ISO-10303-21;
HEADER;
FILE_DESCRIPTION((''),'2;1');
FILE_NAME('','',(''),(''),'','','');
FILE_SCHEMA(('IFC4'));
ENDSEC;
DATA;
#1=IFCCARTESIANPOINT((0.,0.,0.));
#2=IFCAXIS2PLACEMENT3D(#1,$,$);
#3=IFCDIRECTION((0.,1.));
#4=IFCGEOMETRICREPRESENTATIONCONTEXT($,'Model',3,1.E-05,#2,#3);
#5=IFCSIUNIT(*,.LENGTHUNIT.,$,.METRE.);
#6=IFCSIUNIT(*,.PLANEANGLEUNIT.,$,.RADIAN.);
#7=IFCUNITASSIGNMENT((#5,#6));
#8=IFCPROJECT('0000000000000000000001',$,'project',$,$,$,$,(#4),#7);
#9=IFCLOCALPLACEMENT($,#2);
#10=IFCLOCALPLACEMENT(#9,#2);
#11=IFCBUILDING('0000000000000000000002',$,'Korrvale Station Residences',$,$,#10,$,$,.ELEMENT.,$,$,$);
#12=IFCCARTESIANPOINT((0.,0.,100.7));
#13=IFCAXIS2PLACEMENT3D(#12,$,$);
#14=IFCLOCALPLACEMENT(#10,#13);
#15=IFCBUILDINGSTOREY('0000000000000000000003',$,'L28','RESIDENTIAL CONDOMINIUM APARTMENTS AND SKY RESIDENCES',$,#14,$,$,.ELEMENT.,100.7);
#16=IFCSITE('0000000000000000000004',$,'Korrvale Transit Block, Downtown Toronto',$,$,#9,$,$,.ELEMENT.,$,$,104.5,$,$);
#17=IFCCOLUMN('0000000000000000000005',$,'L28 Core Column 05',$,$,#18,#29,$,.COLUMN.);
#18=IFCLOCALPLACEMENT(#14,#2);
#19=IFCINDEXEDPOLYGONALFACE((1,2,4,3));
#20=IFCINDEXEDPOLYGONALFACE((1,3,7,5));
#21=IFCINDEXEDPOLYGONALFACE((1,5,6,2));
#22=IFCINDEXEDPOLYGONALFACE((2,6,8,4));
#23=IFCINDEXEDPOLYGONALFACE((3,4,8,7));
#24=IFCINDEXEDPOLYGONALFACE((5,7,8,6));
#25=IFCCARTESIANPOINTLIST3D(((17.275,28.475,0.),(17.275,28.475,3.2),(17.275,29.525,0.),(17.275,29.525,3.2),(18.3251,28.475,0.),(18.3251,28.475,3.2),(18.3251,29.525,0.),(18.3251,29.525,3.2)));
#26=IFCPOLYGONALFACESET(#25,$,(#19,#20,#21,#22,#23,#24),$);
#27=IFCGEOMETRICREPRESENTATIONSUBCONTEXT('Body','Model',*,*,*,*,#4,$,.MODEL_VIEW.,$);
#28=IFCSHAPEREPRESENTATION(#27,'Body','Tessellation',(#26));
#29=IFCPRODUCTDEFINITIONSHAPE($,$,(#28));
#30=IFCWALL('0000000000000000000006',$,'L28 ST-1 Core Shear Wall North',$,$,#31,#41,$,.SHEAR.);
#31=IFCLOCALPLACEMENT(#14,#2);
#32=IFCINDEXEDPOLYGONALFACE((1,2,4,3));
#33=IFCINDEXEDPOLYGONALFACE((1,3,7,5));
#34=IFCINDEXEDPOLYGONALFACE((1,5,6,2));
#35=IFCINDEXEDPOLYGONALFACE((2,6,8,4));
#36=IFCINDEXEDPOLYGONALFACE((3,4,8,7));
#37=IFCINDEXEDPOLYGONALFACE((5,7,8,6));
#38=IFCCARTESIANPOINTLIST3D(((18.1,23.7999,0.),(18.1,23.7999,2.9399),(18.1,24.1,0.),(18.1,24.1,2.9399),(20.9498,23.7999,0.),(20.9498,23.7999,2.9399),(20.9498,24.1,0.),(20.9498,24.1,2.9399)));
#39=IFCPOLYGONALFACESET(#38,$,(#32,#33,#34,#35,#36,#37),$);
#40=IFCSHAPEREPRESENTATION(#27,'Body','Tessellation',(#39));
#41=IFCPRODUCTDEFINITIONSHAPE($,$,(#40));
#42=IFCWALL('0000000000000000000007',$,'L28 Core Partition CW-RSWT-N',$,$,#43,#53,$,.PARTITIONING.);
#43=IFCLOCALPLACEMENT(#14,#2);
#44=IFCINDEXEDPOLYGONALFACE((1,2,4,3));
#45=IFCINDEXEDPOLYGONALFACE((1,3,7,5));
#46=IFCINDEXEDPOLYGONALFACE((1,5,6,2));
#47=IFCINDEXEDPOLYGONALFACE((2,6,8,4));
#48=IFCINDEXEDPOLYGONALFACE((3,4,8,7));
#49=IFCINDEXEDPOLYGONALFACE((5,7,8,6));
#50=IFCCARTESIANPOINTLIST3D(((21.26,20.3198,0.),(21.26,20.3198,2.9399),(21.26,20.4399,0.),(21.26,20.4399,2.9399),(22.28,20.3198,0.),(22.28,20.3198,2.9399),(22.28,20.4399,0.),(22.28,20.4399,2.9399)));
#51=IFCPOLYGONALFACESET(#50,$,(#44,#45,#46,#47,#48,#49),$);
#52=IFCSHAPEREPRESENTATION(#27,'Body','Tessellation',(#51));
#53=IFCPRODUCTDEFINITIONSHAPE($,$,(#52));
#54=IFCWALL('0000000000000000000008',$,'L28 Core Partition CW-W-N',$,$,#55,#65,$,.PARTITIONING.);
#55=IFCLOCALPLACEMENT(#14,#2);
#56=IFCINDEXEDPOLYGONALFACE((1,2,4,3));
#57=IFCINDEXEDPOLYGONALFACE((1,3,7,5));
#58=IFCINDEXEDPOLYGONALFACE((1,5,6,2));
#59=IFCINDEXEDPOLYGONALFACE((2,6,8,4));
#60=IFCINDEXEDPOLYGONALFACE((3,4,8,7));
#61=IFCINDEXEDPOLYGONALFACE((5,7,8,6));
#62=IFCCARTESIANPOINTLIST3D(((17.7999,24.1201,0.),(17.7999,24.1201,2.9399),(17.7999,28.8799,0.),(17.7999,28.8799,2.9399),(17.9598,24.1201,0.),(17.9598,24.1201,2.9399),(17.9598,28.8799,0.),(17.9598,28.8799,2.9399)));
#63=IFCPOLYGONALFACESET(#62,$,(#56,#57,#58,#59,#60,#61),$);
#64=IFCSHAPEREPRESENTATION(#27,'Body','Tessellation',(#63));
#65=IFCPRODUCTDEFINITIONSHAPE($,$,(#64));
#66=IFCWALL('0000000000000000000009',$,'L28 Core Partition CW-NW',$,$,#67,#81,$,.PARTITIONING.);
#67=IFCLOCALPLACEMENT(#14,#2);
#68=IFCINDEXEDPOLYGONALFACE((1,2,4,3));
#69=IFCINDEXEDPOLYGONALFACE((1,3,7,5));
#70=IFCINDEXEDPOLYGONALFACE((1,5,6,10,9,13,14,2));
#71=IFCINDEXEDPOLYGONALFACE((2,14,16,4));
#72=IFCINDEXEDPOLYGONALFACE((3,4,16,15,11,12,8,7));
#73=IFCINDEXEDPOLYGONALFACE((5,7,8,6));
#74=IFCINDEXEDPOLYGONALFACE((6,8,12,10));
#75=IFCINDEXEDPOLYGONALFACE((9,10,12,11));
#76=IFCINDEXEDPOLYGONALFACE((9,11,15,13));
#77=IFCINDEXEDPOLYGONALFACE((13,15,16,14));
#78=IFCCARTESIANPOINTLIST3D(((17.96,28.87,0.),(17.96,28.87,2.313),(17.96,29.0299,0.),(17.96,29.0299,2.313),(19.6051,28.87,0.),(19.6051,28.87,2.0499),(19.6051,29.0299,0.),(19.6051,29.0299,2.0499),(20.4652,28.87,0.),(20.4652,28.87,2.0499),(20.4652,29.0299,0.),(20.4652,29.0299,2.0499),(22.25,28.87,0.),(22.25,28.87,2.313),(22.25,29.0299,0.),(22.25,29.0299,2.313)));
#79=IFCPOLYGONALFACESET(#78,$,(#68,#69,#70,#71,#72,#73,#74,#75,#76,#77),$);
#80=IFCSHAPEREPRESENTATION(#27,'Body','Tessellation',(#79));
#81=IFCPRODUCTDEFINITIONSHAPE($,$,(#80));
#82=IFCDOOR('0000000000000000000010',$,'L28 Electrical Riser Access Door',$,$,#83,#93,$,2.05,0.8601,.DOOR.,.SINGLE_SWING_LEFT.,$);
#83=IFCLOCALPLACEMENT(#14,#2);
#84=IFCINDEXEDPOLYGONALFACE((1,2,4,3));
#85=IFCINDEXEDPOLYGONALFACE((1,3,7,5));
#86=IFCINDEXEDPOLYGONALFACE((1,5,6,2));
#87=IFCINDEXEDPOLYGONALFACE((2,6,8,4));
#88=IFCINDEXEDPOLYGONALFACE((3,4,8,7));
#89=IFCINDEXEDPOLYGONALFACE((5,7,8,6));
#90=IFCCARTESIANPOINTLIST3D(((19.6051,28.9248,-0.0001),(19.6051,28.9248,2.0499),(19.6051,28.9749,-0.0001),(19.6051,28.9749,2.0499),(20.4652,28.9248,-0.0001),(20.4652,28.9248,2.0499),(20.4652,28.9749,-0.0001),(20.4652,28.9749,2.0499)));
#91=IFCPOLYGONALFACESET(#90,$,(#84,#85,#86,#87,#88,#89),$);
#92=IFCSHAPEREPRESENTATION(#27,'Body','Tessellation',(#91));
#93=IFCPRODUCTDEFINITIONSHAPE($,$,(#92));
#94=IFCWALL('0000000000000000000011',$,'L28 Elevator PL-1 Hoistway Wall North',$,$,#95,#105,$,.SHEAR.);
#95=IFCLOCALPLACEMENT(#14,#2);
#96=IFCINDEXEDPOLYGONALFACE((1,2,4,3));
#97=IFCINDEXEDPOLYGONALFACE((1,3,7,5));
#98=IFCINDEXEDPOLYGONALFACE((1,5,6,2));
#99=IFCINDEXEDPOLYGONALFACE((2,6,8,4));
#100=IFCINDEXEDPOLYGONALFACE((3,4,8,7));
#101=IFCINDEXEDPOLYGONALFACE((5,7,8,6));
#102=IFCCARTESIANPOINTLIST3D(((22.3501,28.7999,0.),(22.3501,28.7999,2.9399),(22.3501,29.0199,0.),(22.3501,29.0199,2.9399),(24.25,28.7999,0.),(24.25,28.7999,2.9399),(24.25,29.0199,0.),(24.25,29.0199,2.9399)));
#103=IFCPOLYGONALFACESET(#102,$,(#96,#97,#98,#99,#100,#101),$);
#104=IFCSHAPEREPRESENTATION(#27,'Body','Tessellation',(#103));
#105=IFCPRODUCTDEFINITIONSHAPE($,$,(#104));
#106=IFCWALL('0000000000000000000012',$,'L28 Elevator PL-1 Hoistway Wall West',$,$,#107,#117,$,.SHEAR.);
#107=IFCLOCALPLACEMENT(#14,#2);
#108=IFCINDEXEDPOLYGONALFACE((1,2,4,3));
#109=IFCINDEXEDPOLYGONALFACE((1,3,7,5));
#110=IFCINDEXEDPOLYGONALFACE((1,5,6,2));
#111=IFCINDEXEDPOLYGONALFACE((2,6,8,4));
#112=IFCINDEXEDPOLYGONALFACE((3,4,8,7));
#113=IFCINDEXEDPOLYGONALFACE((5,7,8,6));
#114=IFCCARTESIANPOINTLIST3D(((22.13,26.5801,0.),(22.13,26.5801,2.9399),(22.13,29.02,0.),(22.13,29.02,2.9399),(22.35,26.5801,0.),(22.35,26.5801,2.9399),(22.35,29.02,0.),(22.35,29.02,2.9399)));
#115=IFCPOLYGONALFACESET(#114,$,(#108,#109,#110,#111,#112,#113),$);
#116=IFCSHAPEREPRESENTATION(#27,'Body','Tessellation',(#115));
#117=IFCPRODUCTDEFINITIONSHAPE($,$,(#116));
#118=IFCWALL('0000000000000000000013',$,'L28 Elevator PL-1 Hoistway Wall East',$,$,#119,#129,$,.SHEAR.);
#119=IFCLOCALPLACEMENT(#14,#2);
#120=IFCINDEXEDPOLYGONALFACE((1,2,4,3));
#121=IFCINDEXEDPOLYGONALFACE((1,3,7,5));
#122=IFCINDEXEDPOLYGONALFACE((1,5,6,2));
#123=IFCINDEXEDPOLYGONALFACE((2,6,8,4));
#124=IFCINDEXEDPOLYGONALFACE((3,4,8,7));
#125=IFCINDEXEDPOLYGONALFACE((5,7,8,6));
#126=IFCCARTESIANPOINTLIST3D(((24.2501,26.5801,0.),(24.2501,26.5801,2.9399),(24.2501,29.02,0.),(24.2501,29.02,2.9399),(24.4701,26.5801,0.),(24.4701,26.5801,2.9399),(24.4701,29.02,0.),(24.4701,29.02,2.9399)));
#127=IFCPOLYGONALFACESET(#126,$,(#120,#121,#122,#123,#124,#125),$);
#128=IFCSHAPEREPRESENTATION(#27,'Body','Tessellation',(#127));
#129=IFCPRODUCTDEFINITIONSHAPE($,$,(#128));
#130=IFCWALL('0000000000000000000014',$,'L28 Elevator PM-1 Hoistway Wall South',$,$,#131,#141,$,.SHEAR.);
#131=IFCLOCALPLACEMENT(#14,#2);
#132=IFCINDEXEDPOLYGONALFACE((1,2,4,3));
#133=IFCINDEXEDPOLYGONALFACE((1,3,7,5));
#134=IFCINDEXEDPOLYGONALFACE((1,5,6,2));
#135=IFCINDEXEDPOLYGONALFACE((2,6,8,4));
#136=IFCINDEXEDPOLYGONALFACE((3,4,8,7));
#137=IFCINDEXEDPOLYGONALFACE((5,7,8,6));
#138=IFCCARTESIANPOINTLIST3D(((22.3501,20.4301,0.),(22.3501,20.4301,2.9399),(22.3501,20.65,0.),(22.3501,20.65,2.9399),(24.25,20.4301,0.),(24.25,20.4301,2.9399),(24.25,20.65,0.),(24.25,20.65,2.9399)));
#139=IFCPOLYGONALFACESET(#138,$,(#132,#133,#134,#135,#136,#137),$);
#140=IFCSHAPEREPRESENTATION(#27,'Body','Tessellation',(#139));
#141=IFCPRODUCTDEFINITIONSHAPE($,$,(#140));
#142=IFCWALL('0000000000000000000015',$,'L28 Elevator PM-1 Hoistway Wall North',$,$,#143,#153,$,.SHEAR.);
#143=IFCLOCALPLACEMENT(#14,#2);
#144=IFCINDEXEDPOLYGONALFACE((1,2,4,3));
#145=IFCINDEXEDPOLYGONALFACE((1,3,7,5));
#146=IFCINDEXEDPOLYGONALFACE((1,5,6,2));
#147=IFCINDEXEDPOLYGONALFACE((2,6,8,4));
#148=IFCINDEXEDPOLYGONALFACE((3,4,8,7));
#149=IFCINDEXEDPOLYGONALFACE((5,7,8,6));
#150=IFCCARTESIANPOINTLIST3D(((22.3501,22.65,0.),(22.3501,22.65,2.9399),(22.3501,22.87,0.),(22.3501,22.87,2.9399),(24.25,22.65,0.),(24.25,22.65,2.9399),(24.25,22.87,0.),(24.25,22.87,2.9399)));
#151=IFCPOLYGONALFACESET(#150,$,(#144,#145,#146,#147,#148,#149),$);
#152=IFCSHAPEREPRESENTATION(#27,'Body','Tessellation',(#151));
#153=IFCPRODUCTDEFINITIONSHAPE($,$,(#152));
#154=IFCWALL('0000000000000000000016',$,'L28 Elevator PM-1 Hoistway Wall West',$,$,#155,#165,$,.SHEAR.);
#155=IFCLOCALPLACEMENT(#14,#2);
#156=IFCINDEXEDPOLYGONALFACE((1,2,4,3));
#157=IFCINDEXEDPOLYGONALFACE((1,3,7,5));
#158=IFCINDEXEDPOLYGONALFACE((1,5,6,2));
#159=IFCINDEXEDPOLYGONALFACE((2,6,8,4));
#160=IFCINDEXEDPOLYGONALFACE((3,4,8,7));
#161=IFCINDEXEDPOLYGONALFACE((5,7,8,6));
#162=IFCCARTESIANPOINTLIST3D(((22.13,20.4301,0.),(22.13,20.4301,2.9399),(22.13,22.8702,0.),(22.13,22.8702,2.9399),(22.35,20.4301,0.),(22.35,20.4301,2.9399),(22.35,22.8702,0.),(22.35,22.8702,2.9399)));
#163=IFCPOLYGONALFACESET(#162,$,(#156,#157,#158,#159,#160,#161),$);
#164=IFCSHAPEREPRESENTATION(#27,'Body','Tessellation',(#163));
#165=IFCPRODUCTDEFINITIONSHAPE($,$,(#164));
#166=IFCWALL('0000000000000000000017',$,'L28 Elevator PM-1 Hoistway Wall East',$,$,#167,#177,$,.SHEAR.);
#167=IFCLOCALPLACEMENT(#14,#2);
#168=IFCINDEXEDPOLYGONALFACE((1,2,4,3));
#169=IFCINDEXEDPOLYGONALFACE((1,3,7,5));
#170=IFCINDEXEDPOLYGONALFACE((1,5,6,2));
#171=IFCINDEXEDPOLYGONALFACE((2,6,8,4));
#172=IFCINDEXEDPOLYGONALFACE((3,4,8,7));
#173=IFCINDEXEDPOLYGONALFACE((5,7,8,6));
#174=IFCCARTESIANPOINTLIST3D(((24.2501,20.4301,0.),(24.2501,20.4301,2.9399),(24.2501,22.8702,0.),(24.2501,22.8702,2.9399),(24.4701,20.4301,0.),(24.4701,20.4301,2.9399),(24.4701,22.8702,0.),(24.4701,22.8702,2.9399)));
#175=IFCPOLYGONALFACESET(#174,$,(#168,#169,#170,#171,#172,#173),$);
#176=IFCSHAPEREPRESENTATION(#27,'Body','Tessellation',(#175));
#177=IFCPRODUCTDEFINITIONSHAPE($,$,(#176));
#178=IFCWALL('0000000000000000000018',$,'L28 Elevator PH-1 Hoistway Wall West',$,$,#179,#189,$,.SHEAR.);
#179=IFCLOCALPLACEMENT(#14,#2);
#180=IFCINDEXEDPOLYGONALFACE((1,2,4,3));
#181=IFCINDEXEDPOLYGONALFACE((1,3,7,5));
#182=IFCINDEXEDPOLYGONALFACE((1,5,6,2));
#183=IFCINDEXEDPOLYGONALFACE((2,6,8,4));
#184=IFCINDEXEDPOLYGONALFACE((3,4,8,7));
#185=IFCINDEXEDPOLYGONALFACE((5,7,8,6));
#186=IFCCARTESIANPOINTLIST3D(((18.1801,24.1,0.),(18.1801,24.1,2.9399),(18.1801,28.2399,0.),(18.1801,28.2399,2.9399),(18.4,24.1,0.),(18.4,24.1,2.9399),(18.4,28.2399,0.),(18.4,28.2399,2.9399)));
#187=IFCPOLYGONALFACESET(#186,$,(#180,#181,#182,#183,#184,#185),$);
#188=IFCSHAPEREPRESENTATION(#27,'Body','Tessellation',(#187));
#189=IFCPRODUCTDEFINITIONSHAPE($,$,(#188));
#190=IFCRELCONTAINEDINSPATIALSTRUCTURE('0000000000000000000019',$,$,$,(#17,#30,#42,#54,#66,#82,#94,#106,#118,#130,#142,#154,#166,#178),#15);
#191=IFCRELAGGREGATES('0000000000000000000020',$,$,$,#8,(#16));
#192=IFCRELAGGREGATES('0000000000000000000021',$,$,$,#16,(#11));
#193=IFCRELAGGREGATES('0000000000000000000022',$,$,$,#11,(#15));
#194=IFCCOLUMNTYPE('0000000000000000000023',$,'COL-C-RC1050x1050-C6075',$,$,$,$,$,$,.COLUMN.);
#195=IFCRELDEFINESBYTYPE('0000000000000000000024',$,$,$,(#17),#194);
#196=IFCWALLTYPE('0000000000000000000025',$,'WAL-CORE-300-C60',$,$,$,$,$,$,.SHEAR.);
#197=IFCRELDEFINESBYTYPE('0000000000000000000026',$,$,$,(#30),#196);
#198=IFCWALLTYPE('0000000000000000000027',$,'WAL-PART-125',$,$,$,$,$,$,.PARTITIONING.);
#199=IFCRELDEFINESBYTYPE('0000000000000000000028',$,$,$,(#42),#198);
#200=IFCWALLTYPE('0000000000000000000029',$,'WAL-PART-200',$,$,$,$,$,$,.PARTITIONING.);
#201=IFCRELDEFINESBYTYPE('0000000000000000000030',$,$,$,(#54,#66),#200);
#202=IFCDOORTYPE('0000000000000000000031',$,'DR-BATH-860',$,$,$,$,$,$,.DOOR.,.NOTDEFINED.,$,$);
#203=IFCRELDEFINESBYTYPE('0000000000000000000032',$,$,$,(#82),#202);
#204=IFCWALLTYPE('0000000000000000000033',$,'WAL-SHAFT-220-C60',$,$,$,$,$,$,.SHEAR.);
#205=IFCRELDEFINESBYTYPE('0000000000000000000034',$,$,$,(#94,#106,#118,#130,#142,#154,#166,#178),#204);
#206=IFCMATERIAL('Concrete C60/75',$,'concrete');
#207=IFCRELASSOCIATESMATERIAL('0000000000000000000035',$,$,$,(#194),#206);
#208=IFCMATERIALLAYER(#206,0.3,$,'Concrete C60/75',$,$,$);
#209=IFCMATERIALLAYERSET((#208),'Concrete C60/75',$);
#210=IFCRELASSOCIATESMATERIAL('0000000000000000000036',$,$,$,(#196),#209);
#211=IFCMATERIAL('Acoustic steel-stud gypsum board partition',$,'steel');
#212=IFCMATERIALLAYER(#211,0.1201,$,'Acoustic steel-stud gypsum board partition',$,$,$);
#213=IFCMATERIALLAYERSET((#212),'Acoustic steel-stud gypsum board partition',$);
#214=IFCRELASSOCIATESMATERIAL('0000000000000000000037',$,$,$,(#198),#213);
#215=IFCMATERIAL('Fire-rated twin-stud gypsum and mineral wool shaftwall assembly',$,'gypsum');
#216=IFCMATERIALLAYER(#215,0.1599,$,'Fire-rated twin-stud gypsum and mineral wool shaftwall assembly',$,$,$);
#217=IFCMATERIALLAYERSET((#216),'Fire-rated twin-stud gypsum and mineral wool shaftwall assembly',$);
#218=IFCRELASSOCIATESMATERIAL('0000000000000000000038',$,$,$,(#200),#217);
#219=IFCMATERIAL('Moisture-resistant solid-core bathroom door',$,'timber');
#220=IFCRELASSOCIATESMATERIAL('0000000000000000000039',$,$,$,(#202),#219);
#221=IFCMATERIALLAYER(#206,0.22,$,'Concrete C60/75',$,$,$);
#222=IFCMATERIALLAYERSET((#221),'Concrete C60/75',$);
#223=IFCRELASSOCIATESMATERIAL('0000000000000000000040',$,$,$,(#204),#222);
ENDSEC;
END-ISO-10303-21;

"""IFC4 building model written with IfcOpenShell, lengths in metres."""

from ifc_helpers import new_model, si_unit, direction, frame, frame_2d, origin, origin_2d, place, context, subcontext, project, spatial, rectangle, extrude, material, layer, layer_set, material_profile, profile_set, type_object, element, fill, save


model = new_model("IFC4")

# Units and contexts
model_context = context("Model", 3, precision=1e-05, world=origin(), true_north=direction((0.0, 1.0)))
body_context = subcontext(model_context, "Body", "Model", "MODEL_VIEW")
ifc_project = project(units=[si_unit("LENGTHUNIT", "METRE"), si_unit("PLANEANGLEUNIT", "RADIAN")], contexts=[model_context])

# Site, building, storey
site_placement = place(None, origin())
site = spatial("IfcSite", under=ifc_project, at=site_placement, Name="Korrvale Transit Block, Downtown Toronto", CompositionType="ELEMENT", RefElevation=104.5)
building_placement = place(site_placement, origin())
building = spatial("IfcBuilding", under=site, at=building_placement, Name="Korrvale Station Residences", CompositionType="ELEMENT")
storey_placement = place(building_placement, frame((0.0, 0.0, 100.7)))
storey = spatial("IfcBuildingStorey", under=building, at=storey_placement, Name="L28", Description="RESIDENTIAL CONDOMINIUM APARTMENTS AND SKY RESIDENCES", CompositionType="ELEMENT", Elevation=100.7)

# Column
ifc_material_1 = material(Name="Concrete C60/75", Category="concrete")
ifc_material_profile = material_profile(ifc_material_1, rectangle(XDim=1.05, YDim=1.05, at=origin_2d()), Name="RC1050x1050")
ifc_profile_set = profile_set([ifc_material_profile], Name="Concrete C60/75")
column_type = type_object("IfcColumnType", Name="COL-C-RC1050x1050-C6075", PredefinedType="COLUMN", material=ifc_profile_set)
column_placement = place(storey_placement, frame((17.8, 29.0, 0.0), z_axis=(0.0, 0.0, 1.0), x_axis=(1.0, 0.0, 0.0)))
element("IfcColumn", 1, at=column_placement, inside=storey, type_object=column_type, Name="L28 Core Column 05", PredefinedType="COLUMN", context=body_context, shape_type="SweptSolid", body=[
    extrude(rectangle(XDim=1.05, YDim=1.05, at=origin_2d()), origin(), (0.0, 0.0, 1.0), 3.2),
])

# Walls
ifc_layer_1 = layer(ifc_material_1, 0.3, Name="Concrete C60/75")
ifc_layer_set_1 = layer_set([ifc_layer_1], Name="Concrete C60/75")
wall_type_1 = type_object("IfcWallType", Name="WAL-CORE-300-C60", PredefinedType="SHEAR", material=ifc_layer_set_1)
wall_1_placement = place(storey_placement, frame((18.1001, 23.95, 0.0), z_axis=(0.0, 0.0, 1.0), x_axis=(1.0, 0.0, 0.0)))
element("IfcWall", 2, at=wall_1_placement, inside=storey, type_object=wall_type_1, Name="L28 ST-1 Core Shear Wall North", PredefinedType="SHEAR", context=body_context, shape_type="SweptSolid", body=[
    extrude(rectangle(XDim=2.8499, YDim=0.3, at=frame_2d((1.4248, 0.0))), origin(), (0.0, 0.0, 1.0), 2.9399),
])
ifc_material_2 = material(Name="Acoustic steel-stud gypsum board partition", Category="steel")
ifc_layer_2 = layer(ifc_material_2, 0.1201, Name="Acoustic steel-stud gypsum board partition")
ifc_layer_set_2 = layer_set([ifc_layer_2], Name="Acoustic steel-stud gypsum board partition")
wall_type_2 = type_object("IfcWallType", Name="WAL-PART-125", PredefinedType="PARTITIONING", material=ifc_layer_set_2)
wall_2_placement = place(storey_placement, frame((22.28, 20.3799, 0.0), z_axis=(0.0, 0.0, 1.0), x_axis=(-1.0, 0.0, 0.0)))
element("IfcWall", 3, at=wall_2_placement, inside=storey, type_object=wall_type_2, Name="L28 Core Partition CW-RSWT-N", PredefinedType="PARTITIONING", context=body_context, shape_type="SweptSolid", body=[
    extrude(rectangle(XDim=1.02, YDim=0.1201, at=frame_2d((0.51, 0.0))), origin(), (0.0, 0.0, 1.0), 2.9399),
])
ifc_material_3 = material(Name="Fire-rated twin-stud gypsum and mineral wool shaftwall assembly", Category="gypsum")
ifc_layer_3 = layer(ifc_material_3, 0.1599, Name="Fire-rated twin-stud gypsum and mineral wool shaftwall assembly")
ifc_layer_set_3 = layer_set([ifc_layer_3], Name="Fire-rated twin-stud gypsum and mineral wool shaftwall assembly")
wall_type_3 = type_object("IfcWallType", Name="WAL-PART-200", PredefinedType="PARTITIONING", material=ifc_layer_set_3)
wall_3_placement = place(storey_placement, frame((17.8799, 24.1201, 0.0), z_axis=(0.0, 0.0, 1.0), x_axis=(0.0, 1.0, 0.0)))
element("IfcWall", 4, at=wall_3_placement, inside=storey, type_object=wall_type_3, Name="L28 Core Partition CW-W-N", PredefinedType="PARTITIONING", context=body_context, shape_type="SweptSolid", body=[
    extrude(rectangle(XDim=4.7598, YDim=0.1599, at=frame_2d((2.3799, 0.0))), origin(), (0.0, 0.0, 1.0), 2.9399),
])

# Wall, opening, door
wall_4_placement = place(storey_placement, frame((17.96, 28.95, 0.0), z_axis=(0.0, 0.0, 1.0), x_axis=(1.0, 0.0, 0.0)))
wall_4 = element("IfcWall", 5, at=wall_4_placement, inside=storey, type_object=wall_type_3, Name="L28 Core Partition CW-NW", PredefinedType="PARTITIONING", context=body_context, shape_type="SweptSolid", body=[
    extrude(rectangle(XDim=4.29, YDim=0.1599, at=frame_2d((2.145, 0.0))), origin(), (0.0, 0.0, 1.0), 2.313),
])
opening_1_placement = place(wall_4_placement, frame((1.645, 0.0, 0.0)))
opening_1 = element("IfcOpeningElement", 6, at=opening_1_placement, cuts=wall_4, PredefinedType="OPENING", context=body_context, shape_type="SweptSolid", body=[
    extrude(rectangle(XDim=0.8601, YDim=2.05, at=frame_2d((0.4302, 1.0249))), frame((0.0, 0.0898, 0.0), z_axis=(0.0, -1.0, 0.0), x_axis=(1.0, 0.0, 0.0)), (0.0, 0.0, 1.0), 0.1799),
])
ifc_material_4 = material(Name="Moisture-resistant solid-core bathroom door", Category="timber")
door_type_1 = type_object("IfcDoorType", Name="DR-BATH-860", OperationType="NOTDEFINED", PredefinedType="DOOR", material=ifc_material_4)
door_1_placement = place(opening_1_placement, origin())
door_1 = element("IfcDoor", 7, at=door_1_placement, inside=storey, type_object=door_type_1, Name="L28 Electrical Riser Access Door", OperationType="SINGLE_SWING_LEFT", OverallHeight=2.05, OverallWidth=0.8601, PredefinedType="DOOR", context=body_context, shape_type="SweptSolid", body=[
    extrude(rectangle(XDim=0.8601, YDim=2.05, at=frame_2d((0.4302, 1.0249))), frame((0.0, 0.0249, 0.0), z_axis=(0.0, -1.0, 0.0), x_axis=(1.0, 0.0, 0.0)), (0.0, 0.0, 1.0), 0.05),
])
fill(opening_1, door_1)
ifc_layer_4 = layer(ifc_material_1, 0.22, Name="Concrete C60/75")
ifc_layer_set_4 = layer_set([ifc_layer_4], Name="Concrete C60/75")
wall_type_4 = type_object("IfcWallType", Name="WAL-SHAFT-220-C60", PredefinedType="SHEAR", material=ifc_layer_set_4)

# Walls
wall_5_placement = place(storey_placement, frame((22.3501, 28.9099, 0.0), z_axis=(0.0, 0.0, 1.0), x_axis=(1.0, 0.0, 0.0)))
element("IfcWall", 8, at=wall_5_placement, inside=storey, type_object=wall_type_4, Name="L28 Elevator PL-1 Hoistway Wall North", PredefinedType="SHEAR", context=body_context, shape_type="SweptSolid", body=[
    extrude(rectangle(XDim=1.8999, YDim=0.22, at=frame_2d((0.95, 0.0))), origin(), (0.0, 0.0, 1.0), 2.9399),
])
for number, where, z_axis, x_axis, name in (
    (9, (22.24, 26.5801, 0.0), (0.0, 0.0, 1.0), (0.0, 1.0, 0.0), "L28 Elevator PL-1 Hoistway Wall West"),
    (10, (24.3601, 26.5801, 0.0), (0.0, 0.0, 1.0), (0.0, 1.0, 0.0), "L28 Elevator PL-1 Hoistway Wall East"),
):
    element("IfcWall", number, at=place(storey_placement, frame(where, z_axis=z_axis, x_axis=x_axis)), inside=storey, type_object=wall_type_4, Name=name, PredefinedType="SHEAR", context=body_context, shape_type="SweptSolid", body=[
        extrude(rectangle(XDim=2.4399, YDim=0.22, at=frame_2d((1.22, 0.0))), origin(), (0.0, 0.0, 1.0), 2.9399),
    ])
for number, where, z_axis, x_axis, name in (
    (11, (22.3501, 20.54, 0.0), (0.0, 0.0, 1.0), (1.0, 0.0, 0.0), "L28 Elevator PM-1 Hoistway Wall South"),
    (12, (22.3501, 22.76, 0.0), (0.0, 0.0, 1.0), (1.0, 0.0, 0.0), "L28 Elevator PM-1 Hoistway Wall North"),
):
    element("IfcWall", number, at=place(storey_placement, frame(where, z_axis=z_axis, x_axis=x_axis)), inside=storey, type_object=wall_type_4, Name=name, PredefinedType="SHEAR", context=body_context, shape_type="SweptSolid", body=[
        extrude(rectangle(XDim=1.8999, YDim=0.22, at=frame_2d((0.95, 0.0))), origin(), (0.0, 0.0, 1.0), 2.9399),
    ])
for number, where, z_axis, x_axis, name in (
    (13, (22.24, 20.4299, 0.0), (0.0, 0.0, 1.0), (0.0, 1.0, 0.0), "L28 Elevator PM-1 Hoistway Wall West"),
    (14, (24.3601, 20.4299, 0.0), (0.0, 0.0, 1.0), (0.0, 1.0, 0.0), "L28 Elevator PM-1 Hoistway Wall East"),
):
    element("IfcWall", number, at=place(storey_placement, frame(where, z_axis=z_axis, x_axis=x_axis)), inside=storey, type_object=wall_type_4, Name=name, PredefinedType="SHEAR", context=body_context, shape_type="SweptSolid", body=[
        extrude(rectangle(XDim=2.4402, YDim=0.22, at=frame_2d((1.2202, 0.0))), origin(), (0.0, 0.0, 1.0), 2.9399),
    ])
wall_6_placement = place(storey_placement, frame((18.29, 24.1001, 0.0), z_axis=(0.0, 0.0, 1.0), x_axis=(0.0, 1.0, 0.0)))
element("IfcWall", 15, at=wall_6_placement, inside=storey, type_object=wall_type_4, Name="L28 Elevator PH-1 Hoistway Wall West", PredefinedType="SHEAR", context=body_context, shape_type="SweptSolid", body=[
    extrude(rectangle(XDim=4.1399, YDim=0.22, at=frame_2d((2.0698, 0.0))), origin(), (0.0, 0.0, 1.0), 2.9399),
])

save(model, "model.ifc")
